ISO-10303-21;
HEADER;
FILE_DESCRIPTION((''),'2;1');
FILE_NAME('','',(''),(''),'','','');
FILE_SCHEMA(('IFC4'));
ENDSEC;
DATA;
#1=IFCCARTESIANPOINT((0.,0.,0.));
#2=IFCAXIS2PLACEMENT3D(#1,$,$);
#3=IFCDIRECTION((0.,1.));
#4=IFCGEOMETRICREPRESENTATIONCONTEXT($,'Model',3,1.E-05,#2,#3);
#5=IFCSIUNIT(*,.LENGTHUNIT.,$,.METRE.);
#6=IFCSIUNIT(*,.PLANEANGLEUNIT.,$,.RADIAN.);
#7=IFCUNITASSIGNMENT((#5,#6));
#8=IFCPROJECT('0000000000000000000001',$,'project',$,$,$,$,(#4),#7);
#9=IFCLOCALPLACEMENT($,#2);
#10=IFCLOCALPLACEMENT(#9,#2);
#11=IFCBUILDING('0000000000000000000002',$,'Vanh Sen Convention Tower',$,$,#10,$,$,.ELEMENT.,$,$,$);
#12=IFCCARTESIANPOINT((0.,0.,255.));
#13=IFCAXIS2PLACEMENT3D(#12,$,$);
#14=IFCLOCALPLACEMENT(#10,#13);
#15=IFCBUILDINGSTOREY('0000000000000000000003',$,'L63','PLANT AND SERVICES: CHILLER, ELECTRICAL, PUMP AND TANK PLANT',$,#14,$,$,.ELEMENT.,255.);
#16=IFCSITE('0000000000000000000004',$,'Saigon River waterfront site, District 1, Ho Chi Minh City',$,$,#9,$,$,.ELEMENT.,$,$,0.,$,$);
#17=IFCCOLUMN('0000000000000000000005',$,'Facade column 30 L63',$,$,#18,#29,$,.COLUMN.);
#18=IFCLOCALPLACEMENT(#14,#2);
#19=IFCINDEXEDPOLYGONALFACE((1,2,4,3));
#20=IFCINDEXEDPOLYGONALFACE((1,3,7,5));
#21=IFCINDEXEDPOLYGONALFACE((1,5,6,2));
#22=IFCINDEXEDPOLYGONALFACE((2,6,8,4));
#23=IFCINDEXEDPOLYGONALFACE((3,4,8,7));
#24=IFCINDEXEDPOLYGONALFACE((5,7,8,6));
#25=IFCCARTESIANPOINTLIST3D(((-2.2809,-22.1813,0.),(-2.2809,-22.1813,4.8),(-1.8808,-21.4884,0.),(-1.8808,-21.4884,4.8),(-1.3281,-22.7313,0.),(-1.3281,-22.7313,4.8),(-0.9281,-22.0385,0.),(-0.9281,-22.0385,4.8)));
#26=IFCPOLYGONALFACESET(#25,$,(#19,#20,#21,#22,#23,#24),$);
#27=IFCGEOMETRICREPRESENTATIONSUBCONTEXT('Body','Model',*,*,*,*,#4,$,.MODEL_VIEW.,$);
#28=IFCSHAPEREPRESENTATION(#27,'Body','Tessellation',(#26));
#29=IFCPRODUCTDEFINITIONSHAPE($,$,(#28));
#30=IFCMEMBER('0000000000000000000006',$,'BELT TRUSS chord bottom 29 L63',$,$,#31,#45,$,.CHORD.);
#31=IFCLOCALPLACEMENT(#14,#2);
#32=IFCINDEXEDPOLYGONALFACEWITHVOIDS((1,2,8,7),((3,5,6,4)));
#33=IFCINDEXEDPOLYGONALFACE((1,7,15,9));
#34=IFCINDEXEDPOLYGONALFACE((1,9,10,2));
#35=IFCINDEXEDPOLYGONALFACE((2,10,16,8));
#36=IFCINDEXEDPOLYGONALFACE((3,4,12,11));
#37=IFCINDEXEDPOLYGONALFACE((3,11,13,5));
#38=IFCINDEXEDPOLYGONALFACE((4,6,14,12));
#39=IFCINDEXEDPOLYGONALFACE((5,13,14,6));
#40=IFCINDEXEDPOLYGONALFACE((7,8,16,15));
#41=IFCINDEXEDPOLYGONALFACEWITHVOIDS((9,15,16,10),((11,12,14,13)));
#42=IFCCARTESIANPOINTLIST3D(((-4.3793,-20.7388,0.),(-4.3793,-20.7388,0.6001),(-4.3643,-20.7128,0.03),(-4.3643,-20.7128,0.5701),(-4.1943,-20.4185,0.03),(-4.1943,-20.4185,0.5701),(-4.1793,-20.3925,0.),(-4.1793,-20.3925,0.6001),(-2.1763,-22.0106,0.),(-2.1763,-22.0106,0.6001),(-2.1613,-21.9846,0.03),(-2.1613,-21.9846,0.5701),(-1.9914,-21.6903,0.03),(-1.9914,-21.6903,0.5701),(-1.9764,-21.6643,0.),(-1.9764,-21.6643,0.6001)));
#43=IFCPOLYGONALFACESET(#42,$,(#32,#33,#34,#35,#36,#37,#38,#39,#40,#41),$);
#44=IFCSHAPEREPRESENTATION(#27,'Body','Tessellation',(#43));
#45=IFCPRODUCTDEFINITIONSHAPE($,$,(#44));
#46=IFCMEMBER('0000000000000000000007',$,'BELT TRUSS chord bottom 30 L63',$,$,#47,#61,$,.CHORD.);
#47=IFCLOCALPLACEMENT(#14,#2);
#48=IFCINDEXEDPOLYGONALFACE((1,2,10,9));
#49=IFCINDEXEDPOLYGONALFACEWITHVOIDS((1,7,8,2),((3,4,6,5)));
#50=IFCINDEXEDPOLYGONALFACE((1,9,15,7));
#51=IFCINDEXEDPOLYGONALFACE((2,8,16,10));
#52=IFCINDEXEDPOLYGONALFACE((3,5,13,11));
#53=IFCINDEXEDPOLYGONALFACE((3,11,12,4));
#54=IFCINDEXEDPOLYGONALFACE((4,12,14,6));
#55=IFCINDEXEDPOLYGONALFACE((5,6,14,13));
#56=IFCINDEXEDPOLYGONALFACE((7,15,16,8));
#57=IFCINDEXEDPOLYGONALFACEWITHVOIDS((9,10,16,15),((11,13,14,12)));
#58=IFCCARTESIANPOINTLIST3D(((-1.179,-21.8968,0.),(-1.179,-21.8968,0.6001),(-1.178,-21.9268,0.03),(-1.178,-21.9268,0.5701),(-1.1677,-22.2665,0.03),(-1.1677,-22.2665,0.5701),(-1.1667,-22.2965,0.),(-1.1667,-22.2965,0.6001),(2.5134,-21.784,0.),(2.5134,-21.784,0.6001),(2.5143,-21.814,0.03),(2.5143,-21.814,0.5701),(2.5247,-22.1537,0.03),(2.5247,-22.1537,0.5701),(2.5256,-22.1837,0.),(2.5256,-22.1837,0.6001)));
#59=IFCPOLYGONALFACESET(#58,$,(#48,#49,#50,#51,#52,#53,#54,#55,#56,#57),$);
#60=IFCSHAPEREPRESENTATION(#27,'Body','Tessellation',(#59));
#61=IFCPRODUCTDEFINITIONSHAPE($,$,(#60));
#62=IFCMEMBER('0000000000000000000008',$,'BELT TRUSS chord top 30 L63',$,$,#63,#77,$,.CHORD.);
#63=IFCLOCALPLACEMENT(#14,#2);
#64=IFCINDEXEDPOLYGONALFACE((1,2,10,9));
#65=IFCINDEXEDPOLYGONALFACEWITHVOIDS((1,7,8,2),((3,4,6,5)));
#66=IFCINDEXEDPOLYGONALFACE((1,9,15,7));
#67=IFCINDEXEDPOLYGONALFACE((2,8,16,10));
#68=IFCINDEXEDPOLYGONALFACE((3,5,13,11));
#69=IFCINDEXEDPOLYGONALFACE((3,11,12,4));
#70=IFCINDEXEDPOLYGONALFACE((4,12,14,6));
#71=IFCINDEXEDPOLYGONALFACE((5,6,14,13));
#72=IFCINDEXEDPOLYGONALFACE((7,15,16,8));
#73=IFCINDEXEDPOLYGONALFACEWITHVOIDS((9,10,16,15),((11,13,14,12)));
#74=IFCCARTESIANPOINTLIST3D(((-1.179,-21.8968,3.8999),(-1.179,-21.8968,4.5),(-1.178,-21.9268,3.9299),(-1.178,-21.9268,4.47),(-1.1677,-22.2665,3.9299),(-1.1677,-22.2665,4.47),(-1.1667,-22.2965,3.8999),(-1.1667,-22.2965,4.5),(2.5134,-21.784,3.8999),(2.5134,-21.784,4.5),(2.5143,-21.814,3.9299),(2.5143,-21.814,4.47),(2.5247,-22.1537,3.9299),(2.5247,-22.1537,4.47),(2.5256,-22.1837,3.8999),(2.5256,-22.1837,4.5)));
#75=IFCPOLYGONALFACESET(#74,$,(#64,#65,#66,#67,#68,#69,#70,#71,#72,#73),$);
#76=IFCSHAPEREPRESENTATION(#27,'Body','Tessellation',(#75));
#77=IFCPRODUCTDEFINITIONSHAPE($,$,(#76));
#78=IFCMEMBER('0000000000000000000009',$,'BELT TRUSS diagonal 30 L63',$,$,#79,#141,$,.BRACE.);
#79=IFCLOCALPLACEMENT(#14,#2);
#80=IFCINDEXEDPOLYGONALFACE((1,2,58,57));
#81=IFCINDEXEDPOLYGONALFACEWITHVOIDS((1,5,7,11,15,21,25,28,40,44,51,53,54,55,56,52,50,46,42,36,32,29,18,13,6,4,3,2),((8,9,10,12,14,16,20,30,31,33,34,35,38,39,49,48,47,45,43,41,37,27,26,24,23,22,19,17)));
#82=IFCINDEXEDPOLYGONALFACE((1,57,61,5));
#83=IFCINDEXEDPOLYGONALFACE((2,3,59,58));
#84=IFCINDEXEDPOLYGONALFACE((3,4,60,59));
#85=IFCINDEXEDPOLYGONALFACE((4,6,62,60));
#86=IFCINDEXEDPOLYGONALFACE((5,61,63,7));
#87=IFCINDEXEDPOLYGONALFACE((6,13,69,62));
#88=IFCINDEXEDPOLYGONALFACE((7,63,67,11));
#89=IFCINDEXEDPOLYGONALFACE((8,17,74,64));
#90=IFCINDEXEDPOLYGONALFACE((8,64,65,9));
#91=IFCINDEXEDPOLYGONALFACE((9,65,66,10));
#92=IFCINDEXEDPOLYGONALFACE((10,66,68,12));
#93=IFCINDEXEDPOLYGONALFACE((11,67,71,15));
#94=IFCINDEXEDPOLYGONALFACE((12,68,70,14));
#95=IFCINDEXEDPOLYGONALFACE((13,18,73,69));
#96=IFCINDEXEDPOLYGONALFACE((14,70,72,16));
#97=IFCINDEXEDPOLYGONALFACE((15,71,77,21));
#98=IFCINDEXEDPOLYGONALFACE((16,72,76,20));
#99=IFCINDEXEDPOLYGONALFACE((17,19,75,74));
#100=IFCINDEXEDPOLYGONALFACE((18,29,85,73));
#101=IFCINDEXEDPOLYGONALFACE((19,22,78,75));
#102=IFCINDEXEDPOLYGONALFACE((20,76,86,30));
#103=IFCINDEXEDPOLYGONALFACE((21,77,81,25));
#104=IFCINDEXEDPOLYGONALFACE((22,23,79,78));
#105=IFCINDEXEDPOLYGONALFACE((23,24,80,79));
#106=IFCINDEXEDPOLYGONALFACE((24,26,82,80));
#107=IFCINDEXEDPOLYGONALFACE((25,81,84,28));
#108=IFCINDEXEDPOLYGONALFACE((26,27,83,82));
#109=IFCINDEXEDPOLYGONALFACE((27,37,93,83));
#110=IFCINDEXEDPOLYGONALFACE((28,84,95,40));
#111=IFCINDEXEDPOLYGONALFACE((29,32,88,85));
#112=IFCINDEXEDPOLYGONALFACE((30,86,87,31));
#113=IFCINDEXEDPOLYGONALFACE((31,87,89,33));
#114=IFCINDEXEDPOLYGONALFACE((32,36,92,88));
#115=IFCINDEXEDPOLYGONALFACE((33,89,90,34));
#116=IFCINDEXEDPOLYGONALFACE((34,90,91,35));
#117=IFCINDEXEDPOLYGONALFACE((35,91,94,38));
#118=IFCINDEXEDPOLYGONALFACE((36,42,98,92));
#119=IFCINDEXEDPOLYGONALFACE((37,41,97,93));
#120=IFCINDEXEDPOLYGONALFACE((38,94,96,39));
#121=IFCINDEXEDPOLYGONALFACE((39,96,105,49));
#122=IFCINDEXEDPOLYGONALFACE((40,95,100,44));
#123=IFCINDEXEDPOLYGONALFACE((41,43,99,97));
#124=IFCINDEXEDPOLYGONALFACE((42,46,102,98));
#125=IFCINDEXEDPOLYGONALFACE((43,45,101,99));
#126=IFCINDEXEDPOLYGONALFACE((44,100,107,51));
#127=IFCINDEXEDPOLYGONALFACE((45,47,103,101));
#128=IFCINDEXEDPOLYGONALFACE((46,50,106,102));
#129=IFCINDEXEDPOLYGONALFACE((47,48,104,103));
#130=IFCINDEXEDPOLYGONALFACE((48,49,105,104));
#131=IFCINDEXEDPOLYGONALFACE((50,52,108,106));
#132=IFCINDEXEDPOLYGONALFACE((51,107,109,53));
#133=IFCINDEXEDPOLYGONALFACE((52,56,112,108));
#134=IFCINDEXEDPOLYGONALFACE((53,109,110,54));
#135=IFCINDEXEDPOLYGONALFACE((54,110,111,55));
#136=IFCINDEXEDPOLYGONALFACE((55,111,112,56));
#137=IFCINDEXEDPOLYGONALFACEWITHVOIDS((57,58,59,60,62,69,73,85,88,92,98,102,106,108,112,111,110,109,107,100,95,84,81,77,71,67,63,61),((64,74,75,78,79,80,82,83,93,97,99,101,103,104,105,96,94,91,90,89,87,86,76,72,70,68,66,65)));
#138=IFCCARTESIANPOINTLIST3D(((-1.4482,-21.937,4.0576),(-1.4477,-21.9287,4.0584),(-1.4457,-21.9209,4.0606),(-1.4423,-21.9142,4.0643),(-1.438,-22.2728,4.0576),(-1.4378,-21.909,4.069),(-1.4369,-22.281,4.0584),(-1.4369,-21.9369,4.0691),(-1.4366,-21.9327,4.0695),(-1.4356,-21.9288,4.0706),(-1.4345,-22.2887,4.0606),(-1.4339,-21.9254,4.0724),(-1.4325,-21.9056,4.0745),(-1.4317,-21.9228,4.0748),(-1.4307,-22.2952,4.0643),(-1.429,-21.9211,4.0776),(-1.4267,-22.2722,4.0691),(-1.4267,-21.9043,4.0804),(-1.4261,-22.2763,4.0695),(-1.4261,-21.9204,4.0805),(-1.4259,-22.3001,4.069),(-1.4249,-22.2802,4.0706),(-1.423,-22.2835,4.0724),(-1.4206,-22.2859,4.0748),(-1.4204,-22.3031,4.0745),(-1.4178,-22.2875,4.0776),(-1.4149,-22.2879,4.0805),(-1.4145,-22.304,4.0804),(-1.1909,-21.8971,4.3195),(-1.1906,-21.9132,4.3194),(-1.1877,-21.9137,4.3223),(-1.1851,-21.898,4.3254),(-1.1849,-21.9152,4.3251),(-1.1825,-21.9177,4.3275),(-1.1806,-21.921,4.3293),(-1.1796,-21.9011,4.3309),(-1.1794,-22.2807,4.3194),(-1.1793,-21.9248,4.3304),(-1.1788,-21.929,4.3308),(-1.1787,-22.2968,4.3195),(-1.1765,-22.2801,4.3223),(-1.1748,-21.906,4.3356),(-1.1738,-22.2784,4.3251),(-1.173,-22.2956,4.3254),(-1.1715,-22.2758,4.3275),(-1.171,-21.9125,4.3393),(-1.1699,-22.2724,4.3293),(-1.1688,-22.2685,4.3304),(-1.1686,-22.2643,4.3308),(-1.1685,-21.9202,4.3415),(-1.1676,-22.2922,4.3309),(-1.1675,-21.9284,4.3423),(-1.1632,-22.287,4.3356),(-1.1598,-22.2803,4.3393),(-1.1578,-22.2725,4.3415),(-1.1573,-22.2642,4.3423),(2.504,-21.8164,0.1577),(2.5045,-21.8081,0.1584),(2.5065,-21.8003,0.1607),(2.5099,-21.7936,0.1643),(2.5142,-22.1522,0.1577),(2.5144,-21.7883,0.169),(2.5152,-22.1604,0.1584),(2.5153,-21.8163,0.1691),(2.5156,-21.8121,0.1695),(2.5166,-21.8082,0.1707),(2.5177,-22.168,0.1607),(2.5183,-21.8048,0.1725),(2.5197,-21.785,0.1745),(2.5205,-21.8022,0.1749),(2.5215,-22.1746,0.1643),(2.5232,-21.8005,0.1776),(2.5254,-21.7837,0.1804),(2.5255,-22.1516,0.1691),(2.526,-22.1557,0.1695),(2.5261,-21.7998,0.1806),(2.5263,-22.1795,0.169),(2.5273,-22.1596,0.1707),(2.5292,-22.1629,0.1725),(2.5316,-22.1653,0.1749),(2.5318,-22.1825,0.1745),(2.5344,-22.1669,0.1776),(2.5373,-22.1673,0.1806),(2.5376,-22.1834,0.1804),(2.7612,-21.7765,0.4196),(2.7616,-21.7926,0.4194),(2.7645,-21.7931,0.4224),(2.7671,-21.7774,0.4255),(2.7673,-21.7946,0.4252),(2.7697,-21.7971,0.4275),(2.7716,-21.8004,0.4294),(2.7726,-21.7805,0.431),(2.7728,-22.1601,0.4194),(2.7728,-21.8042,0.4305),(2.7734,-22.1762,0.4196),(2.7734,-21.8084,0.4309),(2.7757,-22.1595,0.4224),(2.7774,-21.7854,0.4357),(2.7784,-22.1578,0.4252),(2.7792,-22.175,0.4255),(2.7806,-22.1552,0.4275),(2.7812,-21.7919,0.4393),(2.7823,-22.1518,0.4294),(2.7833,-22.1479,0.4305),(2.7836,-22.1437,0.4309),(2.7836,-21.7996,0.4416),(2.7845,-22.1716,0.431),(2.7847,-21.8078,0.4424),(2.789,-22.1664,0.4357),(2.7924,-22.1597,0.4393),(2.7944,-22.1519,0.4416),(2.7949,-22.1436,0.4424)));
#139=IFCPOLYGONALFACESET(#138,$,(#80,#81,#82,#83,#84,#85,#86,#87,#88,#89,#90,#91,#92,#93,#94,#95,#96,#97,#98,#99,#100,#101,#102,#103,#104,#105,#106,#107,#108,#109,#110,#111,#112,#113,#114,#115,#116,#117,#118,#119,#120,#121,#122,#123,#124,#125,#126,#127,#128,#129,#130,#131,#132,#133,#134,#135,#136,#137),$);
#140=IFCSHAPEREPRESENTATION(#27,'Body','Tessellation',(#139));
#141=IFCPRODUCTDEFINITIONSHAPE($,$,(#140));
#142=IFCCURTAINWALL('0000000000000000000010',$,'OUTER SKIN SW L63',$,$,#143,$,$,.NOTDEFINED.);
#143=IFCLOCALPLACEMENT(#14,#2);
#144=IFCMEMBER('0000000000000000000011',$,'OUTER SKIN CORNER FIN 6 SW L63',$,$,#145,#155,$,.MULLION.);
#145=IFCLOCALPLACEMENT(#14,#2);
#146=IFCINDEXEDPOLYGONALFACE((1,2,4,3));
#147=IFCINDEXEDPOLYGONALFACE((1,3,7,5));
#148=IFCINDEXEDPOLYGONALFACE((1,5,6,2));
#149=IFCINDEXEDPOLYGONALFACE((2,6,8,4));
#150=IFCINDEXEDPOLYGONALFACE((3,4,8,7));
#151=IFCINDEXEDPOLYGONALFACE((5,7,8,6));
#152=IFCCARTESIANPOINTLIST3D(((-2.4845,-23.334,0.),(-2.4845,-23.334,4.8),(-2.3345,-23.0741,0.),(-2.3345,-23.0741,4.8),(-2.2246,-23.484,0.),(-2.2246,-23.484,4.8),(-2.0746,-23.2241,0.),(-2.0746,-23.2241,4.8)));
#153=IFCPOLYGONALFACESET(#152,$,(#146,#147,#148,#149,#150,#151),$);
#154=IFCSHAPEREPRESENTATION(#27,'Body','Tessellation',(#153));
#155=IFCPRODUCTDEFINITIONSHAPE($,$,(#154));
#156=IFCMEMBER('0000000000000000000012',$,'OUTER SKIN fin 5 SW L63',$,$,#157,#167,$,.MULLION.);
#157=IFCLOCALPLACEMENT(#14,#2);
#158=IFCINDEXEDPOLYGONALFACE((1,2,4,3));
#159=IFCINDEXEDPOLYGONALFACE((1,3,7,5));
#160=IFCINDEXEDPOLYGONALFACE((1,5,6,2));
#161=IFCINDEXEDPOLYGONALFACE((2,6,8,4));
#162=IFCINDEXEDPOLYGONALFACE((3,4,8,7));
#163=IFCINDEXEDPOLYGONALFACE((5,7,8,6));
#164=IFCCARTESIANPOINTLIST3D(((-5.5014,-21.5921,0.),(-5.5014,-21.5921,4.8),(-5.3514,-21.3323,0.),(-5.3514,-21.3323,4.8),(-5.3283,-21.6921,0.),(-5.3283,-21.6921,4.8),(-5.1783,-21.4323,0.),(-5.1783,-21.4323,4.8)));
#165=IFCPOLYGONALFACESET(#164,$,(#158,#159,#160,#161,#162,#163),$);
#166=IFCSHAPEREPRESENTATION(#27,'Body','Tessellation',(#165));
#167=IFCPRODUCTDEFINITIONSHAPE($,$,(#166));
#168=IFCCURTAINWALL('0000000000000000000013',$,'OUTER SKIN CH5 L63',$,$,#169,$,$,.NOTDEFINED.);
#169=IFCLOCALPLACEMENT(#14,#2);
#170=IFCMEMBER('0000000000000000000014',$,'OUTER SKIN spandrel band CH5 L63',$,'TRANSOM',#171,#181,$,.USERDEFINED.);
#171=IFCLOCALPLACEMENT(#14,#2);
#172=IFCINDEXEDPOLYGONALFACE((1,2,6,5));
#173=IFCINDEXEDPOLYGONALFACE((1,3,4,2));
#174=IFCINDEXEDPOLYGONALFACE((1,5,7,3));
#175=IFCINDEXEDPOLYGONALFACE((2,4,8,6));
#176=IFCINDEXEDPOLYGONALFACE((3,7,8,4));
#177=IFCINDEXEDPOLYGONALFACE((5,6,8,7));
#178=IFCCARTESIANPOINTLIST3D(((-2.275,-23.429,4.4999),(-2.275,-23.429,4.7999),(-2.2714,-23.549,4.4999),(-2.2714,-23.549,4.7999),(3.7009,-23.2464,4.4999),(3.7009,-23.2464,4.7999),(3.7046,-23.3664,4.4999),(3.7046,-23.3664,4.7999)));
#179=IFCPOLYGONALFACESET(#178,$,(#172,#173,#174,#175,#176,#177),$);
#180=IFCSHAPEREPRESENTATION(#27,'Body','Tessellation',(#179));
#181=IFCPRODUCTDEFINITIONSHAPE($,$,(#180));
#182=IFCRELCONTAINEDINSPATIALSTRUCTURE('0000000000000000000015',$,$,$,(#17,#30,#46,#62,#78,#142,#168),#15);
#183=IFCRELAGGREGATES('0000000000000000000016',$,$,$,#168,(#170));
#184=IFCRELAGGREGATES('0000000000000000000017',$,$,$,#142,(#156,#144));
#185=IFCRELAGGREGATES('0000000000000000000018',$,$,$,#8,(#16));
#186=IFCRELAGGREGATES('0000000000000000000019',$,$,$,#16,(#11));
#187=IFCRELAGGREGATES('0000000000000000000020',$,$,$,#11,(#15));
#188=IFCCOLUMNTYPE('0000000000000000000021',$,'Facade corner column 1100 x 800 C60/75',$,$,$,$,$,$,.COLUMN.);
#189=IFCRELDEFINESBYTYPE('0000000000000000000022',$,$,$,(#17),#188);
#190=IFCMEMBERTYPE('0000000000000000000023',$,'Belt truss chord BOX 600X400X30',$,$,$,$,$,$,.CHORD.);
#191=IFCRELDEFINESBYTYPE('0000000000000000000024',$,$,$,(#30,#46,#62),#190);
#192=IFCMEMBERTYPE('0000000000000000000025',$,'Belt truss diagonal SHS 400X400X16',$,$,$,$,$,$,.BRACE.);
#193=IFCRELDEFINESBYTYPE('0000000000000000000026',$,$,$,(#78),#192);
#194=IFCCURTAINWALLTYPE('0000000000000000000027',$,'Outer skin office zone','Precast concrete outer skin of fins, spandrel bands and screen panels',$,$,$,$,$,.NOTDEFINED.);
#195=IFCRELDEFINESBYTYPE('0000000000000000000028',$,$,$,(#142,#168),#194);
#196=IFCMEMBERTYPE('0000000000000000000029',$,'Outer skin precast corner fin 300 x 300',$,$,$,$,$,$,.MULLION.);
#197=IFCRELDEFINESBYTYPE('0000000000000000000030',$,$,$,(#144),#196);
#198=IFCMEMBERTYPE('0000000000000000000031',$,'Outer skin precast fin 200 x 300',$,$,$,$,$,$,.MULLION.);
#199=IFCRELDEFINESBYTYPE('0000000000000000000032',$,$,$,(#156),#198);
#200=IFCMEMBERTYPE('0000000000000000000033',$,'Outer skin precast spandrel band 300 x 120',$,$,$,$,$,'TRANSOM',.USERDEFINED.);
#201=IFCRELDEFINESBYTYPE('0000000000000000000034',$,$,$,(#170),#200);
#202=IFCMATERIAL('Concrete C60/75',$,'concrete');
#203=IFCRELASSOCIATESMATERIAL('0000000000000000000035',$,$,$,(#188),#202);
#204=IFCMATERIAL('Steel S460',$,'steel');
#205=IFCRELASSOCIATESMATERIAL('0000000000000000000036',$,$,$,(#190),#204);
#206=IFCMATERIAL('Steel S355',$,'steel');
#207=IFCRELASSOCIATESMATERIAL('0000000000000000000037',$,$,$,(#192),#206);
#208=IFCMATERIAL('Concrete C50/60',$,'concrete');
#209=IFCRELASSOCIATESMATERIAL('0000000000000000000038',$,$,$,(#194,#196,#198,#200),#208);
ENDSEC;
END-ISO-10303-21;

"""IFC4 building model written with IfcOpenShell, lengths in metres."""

from ifc_helpers import new_model, si_unit, direction, frame, origin, origin_2d, place, context, subcontext, project, spatial, rectangle, hollow_rectangle, extrude, material, material_profile, profile_set, type_object, element, aggregate, save


model = new_model("IFC4")

# Units and contexts
model_context = context("Model", 3, precision=1e-05, world=origin(), true_north=direction((0.0, 1.0)))
body_context = subcontext(model_context, "Body", "Model", "MODEL_VIEW")
ifc_project = project(units=[si_unit("LENGTHUNIT", "METRE"), si_unit("PLANEANGLEUNIT", "RADIAN")], contexts=[model_context])

# Site, building, storey
site_placement = place(None, origin())
site = spatial("IfcSite", under=ifc_project, at=site_placement, Name="Saigon River waterfront site, District 1, Ho Chi Minh City", CompositionType="ELEMENT", RefElevation=0.0)
building_placement = place(site_placement, origin())
building = spatial("IfcBuilding", under=site, at=building_placement, Name="Vanh Sen Convention Tower", CompositionType="ELEMENT")
storey_placement = place(building_placement, frame((0.0, 0.0, 255.0)))
storey = spatial("IfcBuildingStorey", under=building, at=storey_placement, Name="L63", Description="PLANT AND SERVICES: CHILLER, ELECTRICAL, PUMP AND TANK PLANT", CompositionType="ELEMENT", Elevation=255.0)

# Column
ifc_material_1 = material(Name="Concrete C60/75", Category="concrete")
ifc_material_profile_1 = material_profile(ifc_material_1, rectangle(XDim=1.1001, YDim=0.8, at=origin_2d()), Name="RC 1100X800")
ifc_profile_set_1 = profile_set([ifc_material_profile_1], Name="Concrete C60/75")
column_type = type_object("IfcColumnType", Name="Facade corner column 1100 x 800 C60/75", PredefinedType="COLUMN", material=ifc_profile_set_1)
column_placement = place(storey_placement, frame((-1.6045, -22.1099, 0.0), z_axis=(0.0, 0.0, 1.0), x_axis=(0.866025, -0.5, 0.0)))
element("IfcColumn", 1, at=column_placement, inside=storey, type_object=column_type, Name="Facade column 30 L63", PredefinedType="COLUMN", context=body_context, shape_type="SweptSolid", body=[
    extrude(rectangle(XDim=1.1001, YDim=0.8, at=origin_2d()), origin(), (0.0, 0.0, 1.0), 4.8),
])

# Members
ifc_material_2 = material(Name="Steel S460", Category="steel")
ifc_material_profile_2 = material_profile(ifc_material_2, hollow_rectangle(XDim=0.3999, YDim=0.6001, WallThickness=0.03, at=origin_2d()), Name="BOX 600X400X30")
ifc_profile_set_2 = profile_set([ifc_material_profile_2], Name="Steel S460")
member_type_1 = type_object("IfcMemberType", Name="Belt truss chord BOX 600X400X30", PredefinedType="CHORD", material=ifc_profile_set_2)
member_1_placement = place(storey_placement, frame((-4.2793, -20.5657, 0.3), z_axis=(0.866043, -0.499969, 0.0), x_axis=(0.499969, 0.866043, 0.0)))
element("IfcMember", 2, at=member_1_placement, inside=storey, type_object=member_type_1, Name="BELT TRUSS chord bottom 29 L63", PredefinedType="CHORD", context=body_context, shape_type="SweptSolid", body=[
    extrude(hollow_rectangle(XDim=0.3999, YDim=0.6001, WallThickness=0.03, at=origin_2d()), origin(), (0.0, 0.0, 1.0), 2.5437),
])
for number, where, z_axis, x_axis, name in (
    (3, (-1.1729, -22.0967, 0.3), (0.999534, 0.030533, 0.0), (-0.030533, 0.999534, 0.0), "BELT TRUSS chord bottom 30 L63"),
    (4, (-1.1729, -22.0967, 4.2), (0.999534, 0.030533, 0.0), (-0.030533, 0.999534, 0.0), "BELT TRUSS chord top 30 L63"),
):
    element("IfcMember", number, at=place(storey_placement, frame(where, z_axis=z_axis, x_axis=x_axis)), inside=storey, type_object=member_type_1, Name=name, PredefinedType="CHORD", context=body_context, shape_type="SweptSolid", body=[
        extrude(hollow_rectangle(XDim=0.3999, YDim=0.6001, WallThickness=0.03, at=origin_2d()), origin(), (0.0, 0.0, 1.0), 3.6941),
    ])
ifc_material_3 = material(Name="Steel S355", Category="steel")
ifc_material_profile_3 = material_profile(ifc_material_3, hollow_rectangle(XDim=0.3999, YDim=0.3999, WallThickness=0.0161, InnerFilletRadius=0.0161, OuterFilletRadius=0.032, at=origin_2d()), Name="SHS 400X400X16")
ifc_profile_set_3 = profile_set([ifc_material_profile_3], Name="Steel S355")
member_type_2 = type_object("IfcMemberType", Name="Belt truss diagonal SHS 400X400X16", PredefinedType="BRACE", material=ifc_profile_set_3)
member_2_placement = place(storey_placement, frame((-1.3027, -22.1006, 4.2), z_axis=(0.711628, 0.021716, -0.702221), x_axis=(-0.030502, 0.999535, 0.0)))
element("IfcMember", 5, at=member_2_placement, inside=storey, type_object=member_type_2, Name="BELT TRUSS diagonal 30 L63", PredefinedType="BRACE", context=body_context, shape_type="SweptSolid", body=[
    extrude(hollow_rectangle(XDim=0.3999, YDim=0.3999, WallThickness=0.0161, InnerFilletRadius=0.0161, OuterFilletRadius=0.032, at=origin_2d()), origin(), (0.0, 0.0, 1.0), 5.5537),
])

# Curtain wall, members
ifc_material_4 = material(Name="Concrete C50/60", Category="concrete")
curtain_wall_type = type_object("IfcCurtainWallType", Name="Outer skin office zone", Description="Precast concrete outer skin of fins, spandrel bands and screen panels", PredefinedType="NOTDEFINED", material=ifc_material_4)
curtain_wall_1_placement = place(storey_placement, origin())
curtain_wall_1 = element("IfcCurtainWall", 6, at=curtain_wall_1_placement, inside=storey, type_object=curtain_wall_type, Name="OUTER SKIN SW L63", PredefinedType="NOTDEFINED")
ifc_material_profile_4 = material_profile(ifc_material_4, rectangle(XDim=0.3, YDim=0.3, at=origin_2d()), Name="Outer skin precast corner fin 300 x 300")
ifc_profile_set_4 = profile_set([ifc_material_profile_4], Name="Concrete C50/60")
member_type_3 = type_object("IfcMemberType", Name="Outer skin precast corner fin 300 x 300", PredefinedType="MULLION", material=ifc_profile_set_4)
member_3_placement = place(storey_placement, frame((-2.2795, -23.2791, 0.0), z_axis=(0.0, 0.0, 1.0), x_axis=(0.866025, -0.5, 0.0)))
member_3 = element("IfcMember", 7, at=member_3_placement, type_object=member_type_3, Name="OUTER SKIN CORNER FIN 6 SW L63", PredefinedType="MULLION", context=body_context, shape_type="SweptSolid", body=[
    extrude(rectangle(XDim=0.3, YDim=0.3, at=origin_2d()), origin(), (0.0, 0.0, 1.0), 4.8),
])
ifc_material_profile_5 = material_profile(ifc_material_4, rectangle(XDim=0.2, YDim=0.3, at=origin_2d()), Name="Outer skin precast fin 200 x 300")
ifc_profile_set_5 = profile_set([ifc_material_profile_5], Name="Concrete C50/60")
member_type_4 = type_object("IfcMemberType", Name="Outer skin precast fin 200 x 300", PredefinedType="MULLION", material=ifc_profile_set_5)
member_4_placement = place(storey_placement, frame((-5.3398, -21.5122, 0.0), z_axis=(0.0, 0.0, 1.0), x_axis=(0.866025, -0.5, 0.0)))
member_4 = element("IfcMember", 8, at=member_4_placement, type_object=member_type_4, Name="OUTER SKIN fin 5 SW L63", PredefinedType="MULLION", context=body_context, shape_type="SweptSolid", body=[
    extrude(rectangle(XDim=0.2, YDim=0.3, at=origin_2d()), origin(), (0.0, 0.0, 1.0), 4.8),
])

# Curtain wall, member
curtain_wall_2_placement = place(storey_placement, origin())
curtain_wall_2 = element("IfcCurtainWall", 9, at=curtain_wall_2_placement, inside=storey, type_object=curtain_wall_type, Name="OUTER SKIN CH5 L63", PredefinedType="NOTDEFINED")
ifc_material_profile_6 = material_profile(ifc_material_4, rectangle(XDim=0.1201, YDim=0.3, at=origin_2d()), Name="Outer skin precast spandrel band 300 x 120")
ifc_profile_set_6 = profile_set([ifc_material_profile_6], Name="Concrete C50/60")
member_type_5 = type_object("IfcMemberType", Name="Outer skin precast spandrel band 300 x 120", ElementType="TRANSOM", PredefinedType="USERDEFINED", material=ifc_profile_set_6)
member_5_placement = place(storey_placement, frame((-2.2732, -23.489, 4.6499), z_axis=(0.999533, 0.030544, 0.0), x_axis=(-0.030544, 0.999533, 0.0)))
member_5 = element("IfcMember", 10, at=member_5_placement, type_object=member_type_5, Name="OUTER SKIN spandrel band CH5 L63", ObjectType="TRANSOM", PredefinedType="USERDEFINED", context=body_context, shape_type="SweptSolid", body=[
    extrude(rectangle(XDim=0.1201, YDim=0.3, at=origin_2d()), origin(), (0.0, 0.0, 1.0), 5.9788),
])
aggregate(curtain_wall_2, [member_5])

aggregate(curtain_wall_1, [member_4, member_3])

save(model, "model.ifc")
